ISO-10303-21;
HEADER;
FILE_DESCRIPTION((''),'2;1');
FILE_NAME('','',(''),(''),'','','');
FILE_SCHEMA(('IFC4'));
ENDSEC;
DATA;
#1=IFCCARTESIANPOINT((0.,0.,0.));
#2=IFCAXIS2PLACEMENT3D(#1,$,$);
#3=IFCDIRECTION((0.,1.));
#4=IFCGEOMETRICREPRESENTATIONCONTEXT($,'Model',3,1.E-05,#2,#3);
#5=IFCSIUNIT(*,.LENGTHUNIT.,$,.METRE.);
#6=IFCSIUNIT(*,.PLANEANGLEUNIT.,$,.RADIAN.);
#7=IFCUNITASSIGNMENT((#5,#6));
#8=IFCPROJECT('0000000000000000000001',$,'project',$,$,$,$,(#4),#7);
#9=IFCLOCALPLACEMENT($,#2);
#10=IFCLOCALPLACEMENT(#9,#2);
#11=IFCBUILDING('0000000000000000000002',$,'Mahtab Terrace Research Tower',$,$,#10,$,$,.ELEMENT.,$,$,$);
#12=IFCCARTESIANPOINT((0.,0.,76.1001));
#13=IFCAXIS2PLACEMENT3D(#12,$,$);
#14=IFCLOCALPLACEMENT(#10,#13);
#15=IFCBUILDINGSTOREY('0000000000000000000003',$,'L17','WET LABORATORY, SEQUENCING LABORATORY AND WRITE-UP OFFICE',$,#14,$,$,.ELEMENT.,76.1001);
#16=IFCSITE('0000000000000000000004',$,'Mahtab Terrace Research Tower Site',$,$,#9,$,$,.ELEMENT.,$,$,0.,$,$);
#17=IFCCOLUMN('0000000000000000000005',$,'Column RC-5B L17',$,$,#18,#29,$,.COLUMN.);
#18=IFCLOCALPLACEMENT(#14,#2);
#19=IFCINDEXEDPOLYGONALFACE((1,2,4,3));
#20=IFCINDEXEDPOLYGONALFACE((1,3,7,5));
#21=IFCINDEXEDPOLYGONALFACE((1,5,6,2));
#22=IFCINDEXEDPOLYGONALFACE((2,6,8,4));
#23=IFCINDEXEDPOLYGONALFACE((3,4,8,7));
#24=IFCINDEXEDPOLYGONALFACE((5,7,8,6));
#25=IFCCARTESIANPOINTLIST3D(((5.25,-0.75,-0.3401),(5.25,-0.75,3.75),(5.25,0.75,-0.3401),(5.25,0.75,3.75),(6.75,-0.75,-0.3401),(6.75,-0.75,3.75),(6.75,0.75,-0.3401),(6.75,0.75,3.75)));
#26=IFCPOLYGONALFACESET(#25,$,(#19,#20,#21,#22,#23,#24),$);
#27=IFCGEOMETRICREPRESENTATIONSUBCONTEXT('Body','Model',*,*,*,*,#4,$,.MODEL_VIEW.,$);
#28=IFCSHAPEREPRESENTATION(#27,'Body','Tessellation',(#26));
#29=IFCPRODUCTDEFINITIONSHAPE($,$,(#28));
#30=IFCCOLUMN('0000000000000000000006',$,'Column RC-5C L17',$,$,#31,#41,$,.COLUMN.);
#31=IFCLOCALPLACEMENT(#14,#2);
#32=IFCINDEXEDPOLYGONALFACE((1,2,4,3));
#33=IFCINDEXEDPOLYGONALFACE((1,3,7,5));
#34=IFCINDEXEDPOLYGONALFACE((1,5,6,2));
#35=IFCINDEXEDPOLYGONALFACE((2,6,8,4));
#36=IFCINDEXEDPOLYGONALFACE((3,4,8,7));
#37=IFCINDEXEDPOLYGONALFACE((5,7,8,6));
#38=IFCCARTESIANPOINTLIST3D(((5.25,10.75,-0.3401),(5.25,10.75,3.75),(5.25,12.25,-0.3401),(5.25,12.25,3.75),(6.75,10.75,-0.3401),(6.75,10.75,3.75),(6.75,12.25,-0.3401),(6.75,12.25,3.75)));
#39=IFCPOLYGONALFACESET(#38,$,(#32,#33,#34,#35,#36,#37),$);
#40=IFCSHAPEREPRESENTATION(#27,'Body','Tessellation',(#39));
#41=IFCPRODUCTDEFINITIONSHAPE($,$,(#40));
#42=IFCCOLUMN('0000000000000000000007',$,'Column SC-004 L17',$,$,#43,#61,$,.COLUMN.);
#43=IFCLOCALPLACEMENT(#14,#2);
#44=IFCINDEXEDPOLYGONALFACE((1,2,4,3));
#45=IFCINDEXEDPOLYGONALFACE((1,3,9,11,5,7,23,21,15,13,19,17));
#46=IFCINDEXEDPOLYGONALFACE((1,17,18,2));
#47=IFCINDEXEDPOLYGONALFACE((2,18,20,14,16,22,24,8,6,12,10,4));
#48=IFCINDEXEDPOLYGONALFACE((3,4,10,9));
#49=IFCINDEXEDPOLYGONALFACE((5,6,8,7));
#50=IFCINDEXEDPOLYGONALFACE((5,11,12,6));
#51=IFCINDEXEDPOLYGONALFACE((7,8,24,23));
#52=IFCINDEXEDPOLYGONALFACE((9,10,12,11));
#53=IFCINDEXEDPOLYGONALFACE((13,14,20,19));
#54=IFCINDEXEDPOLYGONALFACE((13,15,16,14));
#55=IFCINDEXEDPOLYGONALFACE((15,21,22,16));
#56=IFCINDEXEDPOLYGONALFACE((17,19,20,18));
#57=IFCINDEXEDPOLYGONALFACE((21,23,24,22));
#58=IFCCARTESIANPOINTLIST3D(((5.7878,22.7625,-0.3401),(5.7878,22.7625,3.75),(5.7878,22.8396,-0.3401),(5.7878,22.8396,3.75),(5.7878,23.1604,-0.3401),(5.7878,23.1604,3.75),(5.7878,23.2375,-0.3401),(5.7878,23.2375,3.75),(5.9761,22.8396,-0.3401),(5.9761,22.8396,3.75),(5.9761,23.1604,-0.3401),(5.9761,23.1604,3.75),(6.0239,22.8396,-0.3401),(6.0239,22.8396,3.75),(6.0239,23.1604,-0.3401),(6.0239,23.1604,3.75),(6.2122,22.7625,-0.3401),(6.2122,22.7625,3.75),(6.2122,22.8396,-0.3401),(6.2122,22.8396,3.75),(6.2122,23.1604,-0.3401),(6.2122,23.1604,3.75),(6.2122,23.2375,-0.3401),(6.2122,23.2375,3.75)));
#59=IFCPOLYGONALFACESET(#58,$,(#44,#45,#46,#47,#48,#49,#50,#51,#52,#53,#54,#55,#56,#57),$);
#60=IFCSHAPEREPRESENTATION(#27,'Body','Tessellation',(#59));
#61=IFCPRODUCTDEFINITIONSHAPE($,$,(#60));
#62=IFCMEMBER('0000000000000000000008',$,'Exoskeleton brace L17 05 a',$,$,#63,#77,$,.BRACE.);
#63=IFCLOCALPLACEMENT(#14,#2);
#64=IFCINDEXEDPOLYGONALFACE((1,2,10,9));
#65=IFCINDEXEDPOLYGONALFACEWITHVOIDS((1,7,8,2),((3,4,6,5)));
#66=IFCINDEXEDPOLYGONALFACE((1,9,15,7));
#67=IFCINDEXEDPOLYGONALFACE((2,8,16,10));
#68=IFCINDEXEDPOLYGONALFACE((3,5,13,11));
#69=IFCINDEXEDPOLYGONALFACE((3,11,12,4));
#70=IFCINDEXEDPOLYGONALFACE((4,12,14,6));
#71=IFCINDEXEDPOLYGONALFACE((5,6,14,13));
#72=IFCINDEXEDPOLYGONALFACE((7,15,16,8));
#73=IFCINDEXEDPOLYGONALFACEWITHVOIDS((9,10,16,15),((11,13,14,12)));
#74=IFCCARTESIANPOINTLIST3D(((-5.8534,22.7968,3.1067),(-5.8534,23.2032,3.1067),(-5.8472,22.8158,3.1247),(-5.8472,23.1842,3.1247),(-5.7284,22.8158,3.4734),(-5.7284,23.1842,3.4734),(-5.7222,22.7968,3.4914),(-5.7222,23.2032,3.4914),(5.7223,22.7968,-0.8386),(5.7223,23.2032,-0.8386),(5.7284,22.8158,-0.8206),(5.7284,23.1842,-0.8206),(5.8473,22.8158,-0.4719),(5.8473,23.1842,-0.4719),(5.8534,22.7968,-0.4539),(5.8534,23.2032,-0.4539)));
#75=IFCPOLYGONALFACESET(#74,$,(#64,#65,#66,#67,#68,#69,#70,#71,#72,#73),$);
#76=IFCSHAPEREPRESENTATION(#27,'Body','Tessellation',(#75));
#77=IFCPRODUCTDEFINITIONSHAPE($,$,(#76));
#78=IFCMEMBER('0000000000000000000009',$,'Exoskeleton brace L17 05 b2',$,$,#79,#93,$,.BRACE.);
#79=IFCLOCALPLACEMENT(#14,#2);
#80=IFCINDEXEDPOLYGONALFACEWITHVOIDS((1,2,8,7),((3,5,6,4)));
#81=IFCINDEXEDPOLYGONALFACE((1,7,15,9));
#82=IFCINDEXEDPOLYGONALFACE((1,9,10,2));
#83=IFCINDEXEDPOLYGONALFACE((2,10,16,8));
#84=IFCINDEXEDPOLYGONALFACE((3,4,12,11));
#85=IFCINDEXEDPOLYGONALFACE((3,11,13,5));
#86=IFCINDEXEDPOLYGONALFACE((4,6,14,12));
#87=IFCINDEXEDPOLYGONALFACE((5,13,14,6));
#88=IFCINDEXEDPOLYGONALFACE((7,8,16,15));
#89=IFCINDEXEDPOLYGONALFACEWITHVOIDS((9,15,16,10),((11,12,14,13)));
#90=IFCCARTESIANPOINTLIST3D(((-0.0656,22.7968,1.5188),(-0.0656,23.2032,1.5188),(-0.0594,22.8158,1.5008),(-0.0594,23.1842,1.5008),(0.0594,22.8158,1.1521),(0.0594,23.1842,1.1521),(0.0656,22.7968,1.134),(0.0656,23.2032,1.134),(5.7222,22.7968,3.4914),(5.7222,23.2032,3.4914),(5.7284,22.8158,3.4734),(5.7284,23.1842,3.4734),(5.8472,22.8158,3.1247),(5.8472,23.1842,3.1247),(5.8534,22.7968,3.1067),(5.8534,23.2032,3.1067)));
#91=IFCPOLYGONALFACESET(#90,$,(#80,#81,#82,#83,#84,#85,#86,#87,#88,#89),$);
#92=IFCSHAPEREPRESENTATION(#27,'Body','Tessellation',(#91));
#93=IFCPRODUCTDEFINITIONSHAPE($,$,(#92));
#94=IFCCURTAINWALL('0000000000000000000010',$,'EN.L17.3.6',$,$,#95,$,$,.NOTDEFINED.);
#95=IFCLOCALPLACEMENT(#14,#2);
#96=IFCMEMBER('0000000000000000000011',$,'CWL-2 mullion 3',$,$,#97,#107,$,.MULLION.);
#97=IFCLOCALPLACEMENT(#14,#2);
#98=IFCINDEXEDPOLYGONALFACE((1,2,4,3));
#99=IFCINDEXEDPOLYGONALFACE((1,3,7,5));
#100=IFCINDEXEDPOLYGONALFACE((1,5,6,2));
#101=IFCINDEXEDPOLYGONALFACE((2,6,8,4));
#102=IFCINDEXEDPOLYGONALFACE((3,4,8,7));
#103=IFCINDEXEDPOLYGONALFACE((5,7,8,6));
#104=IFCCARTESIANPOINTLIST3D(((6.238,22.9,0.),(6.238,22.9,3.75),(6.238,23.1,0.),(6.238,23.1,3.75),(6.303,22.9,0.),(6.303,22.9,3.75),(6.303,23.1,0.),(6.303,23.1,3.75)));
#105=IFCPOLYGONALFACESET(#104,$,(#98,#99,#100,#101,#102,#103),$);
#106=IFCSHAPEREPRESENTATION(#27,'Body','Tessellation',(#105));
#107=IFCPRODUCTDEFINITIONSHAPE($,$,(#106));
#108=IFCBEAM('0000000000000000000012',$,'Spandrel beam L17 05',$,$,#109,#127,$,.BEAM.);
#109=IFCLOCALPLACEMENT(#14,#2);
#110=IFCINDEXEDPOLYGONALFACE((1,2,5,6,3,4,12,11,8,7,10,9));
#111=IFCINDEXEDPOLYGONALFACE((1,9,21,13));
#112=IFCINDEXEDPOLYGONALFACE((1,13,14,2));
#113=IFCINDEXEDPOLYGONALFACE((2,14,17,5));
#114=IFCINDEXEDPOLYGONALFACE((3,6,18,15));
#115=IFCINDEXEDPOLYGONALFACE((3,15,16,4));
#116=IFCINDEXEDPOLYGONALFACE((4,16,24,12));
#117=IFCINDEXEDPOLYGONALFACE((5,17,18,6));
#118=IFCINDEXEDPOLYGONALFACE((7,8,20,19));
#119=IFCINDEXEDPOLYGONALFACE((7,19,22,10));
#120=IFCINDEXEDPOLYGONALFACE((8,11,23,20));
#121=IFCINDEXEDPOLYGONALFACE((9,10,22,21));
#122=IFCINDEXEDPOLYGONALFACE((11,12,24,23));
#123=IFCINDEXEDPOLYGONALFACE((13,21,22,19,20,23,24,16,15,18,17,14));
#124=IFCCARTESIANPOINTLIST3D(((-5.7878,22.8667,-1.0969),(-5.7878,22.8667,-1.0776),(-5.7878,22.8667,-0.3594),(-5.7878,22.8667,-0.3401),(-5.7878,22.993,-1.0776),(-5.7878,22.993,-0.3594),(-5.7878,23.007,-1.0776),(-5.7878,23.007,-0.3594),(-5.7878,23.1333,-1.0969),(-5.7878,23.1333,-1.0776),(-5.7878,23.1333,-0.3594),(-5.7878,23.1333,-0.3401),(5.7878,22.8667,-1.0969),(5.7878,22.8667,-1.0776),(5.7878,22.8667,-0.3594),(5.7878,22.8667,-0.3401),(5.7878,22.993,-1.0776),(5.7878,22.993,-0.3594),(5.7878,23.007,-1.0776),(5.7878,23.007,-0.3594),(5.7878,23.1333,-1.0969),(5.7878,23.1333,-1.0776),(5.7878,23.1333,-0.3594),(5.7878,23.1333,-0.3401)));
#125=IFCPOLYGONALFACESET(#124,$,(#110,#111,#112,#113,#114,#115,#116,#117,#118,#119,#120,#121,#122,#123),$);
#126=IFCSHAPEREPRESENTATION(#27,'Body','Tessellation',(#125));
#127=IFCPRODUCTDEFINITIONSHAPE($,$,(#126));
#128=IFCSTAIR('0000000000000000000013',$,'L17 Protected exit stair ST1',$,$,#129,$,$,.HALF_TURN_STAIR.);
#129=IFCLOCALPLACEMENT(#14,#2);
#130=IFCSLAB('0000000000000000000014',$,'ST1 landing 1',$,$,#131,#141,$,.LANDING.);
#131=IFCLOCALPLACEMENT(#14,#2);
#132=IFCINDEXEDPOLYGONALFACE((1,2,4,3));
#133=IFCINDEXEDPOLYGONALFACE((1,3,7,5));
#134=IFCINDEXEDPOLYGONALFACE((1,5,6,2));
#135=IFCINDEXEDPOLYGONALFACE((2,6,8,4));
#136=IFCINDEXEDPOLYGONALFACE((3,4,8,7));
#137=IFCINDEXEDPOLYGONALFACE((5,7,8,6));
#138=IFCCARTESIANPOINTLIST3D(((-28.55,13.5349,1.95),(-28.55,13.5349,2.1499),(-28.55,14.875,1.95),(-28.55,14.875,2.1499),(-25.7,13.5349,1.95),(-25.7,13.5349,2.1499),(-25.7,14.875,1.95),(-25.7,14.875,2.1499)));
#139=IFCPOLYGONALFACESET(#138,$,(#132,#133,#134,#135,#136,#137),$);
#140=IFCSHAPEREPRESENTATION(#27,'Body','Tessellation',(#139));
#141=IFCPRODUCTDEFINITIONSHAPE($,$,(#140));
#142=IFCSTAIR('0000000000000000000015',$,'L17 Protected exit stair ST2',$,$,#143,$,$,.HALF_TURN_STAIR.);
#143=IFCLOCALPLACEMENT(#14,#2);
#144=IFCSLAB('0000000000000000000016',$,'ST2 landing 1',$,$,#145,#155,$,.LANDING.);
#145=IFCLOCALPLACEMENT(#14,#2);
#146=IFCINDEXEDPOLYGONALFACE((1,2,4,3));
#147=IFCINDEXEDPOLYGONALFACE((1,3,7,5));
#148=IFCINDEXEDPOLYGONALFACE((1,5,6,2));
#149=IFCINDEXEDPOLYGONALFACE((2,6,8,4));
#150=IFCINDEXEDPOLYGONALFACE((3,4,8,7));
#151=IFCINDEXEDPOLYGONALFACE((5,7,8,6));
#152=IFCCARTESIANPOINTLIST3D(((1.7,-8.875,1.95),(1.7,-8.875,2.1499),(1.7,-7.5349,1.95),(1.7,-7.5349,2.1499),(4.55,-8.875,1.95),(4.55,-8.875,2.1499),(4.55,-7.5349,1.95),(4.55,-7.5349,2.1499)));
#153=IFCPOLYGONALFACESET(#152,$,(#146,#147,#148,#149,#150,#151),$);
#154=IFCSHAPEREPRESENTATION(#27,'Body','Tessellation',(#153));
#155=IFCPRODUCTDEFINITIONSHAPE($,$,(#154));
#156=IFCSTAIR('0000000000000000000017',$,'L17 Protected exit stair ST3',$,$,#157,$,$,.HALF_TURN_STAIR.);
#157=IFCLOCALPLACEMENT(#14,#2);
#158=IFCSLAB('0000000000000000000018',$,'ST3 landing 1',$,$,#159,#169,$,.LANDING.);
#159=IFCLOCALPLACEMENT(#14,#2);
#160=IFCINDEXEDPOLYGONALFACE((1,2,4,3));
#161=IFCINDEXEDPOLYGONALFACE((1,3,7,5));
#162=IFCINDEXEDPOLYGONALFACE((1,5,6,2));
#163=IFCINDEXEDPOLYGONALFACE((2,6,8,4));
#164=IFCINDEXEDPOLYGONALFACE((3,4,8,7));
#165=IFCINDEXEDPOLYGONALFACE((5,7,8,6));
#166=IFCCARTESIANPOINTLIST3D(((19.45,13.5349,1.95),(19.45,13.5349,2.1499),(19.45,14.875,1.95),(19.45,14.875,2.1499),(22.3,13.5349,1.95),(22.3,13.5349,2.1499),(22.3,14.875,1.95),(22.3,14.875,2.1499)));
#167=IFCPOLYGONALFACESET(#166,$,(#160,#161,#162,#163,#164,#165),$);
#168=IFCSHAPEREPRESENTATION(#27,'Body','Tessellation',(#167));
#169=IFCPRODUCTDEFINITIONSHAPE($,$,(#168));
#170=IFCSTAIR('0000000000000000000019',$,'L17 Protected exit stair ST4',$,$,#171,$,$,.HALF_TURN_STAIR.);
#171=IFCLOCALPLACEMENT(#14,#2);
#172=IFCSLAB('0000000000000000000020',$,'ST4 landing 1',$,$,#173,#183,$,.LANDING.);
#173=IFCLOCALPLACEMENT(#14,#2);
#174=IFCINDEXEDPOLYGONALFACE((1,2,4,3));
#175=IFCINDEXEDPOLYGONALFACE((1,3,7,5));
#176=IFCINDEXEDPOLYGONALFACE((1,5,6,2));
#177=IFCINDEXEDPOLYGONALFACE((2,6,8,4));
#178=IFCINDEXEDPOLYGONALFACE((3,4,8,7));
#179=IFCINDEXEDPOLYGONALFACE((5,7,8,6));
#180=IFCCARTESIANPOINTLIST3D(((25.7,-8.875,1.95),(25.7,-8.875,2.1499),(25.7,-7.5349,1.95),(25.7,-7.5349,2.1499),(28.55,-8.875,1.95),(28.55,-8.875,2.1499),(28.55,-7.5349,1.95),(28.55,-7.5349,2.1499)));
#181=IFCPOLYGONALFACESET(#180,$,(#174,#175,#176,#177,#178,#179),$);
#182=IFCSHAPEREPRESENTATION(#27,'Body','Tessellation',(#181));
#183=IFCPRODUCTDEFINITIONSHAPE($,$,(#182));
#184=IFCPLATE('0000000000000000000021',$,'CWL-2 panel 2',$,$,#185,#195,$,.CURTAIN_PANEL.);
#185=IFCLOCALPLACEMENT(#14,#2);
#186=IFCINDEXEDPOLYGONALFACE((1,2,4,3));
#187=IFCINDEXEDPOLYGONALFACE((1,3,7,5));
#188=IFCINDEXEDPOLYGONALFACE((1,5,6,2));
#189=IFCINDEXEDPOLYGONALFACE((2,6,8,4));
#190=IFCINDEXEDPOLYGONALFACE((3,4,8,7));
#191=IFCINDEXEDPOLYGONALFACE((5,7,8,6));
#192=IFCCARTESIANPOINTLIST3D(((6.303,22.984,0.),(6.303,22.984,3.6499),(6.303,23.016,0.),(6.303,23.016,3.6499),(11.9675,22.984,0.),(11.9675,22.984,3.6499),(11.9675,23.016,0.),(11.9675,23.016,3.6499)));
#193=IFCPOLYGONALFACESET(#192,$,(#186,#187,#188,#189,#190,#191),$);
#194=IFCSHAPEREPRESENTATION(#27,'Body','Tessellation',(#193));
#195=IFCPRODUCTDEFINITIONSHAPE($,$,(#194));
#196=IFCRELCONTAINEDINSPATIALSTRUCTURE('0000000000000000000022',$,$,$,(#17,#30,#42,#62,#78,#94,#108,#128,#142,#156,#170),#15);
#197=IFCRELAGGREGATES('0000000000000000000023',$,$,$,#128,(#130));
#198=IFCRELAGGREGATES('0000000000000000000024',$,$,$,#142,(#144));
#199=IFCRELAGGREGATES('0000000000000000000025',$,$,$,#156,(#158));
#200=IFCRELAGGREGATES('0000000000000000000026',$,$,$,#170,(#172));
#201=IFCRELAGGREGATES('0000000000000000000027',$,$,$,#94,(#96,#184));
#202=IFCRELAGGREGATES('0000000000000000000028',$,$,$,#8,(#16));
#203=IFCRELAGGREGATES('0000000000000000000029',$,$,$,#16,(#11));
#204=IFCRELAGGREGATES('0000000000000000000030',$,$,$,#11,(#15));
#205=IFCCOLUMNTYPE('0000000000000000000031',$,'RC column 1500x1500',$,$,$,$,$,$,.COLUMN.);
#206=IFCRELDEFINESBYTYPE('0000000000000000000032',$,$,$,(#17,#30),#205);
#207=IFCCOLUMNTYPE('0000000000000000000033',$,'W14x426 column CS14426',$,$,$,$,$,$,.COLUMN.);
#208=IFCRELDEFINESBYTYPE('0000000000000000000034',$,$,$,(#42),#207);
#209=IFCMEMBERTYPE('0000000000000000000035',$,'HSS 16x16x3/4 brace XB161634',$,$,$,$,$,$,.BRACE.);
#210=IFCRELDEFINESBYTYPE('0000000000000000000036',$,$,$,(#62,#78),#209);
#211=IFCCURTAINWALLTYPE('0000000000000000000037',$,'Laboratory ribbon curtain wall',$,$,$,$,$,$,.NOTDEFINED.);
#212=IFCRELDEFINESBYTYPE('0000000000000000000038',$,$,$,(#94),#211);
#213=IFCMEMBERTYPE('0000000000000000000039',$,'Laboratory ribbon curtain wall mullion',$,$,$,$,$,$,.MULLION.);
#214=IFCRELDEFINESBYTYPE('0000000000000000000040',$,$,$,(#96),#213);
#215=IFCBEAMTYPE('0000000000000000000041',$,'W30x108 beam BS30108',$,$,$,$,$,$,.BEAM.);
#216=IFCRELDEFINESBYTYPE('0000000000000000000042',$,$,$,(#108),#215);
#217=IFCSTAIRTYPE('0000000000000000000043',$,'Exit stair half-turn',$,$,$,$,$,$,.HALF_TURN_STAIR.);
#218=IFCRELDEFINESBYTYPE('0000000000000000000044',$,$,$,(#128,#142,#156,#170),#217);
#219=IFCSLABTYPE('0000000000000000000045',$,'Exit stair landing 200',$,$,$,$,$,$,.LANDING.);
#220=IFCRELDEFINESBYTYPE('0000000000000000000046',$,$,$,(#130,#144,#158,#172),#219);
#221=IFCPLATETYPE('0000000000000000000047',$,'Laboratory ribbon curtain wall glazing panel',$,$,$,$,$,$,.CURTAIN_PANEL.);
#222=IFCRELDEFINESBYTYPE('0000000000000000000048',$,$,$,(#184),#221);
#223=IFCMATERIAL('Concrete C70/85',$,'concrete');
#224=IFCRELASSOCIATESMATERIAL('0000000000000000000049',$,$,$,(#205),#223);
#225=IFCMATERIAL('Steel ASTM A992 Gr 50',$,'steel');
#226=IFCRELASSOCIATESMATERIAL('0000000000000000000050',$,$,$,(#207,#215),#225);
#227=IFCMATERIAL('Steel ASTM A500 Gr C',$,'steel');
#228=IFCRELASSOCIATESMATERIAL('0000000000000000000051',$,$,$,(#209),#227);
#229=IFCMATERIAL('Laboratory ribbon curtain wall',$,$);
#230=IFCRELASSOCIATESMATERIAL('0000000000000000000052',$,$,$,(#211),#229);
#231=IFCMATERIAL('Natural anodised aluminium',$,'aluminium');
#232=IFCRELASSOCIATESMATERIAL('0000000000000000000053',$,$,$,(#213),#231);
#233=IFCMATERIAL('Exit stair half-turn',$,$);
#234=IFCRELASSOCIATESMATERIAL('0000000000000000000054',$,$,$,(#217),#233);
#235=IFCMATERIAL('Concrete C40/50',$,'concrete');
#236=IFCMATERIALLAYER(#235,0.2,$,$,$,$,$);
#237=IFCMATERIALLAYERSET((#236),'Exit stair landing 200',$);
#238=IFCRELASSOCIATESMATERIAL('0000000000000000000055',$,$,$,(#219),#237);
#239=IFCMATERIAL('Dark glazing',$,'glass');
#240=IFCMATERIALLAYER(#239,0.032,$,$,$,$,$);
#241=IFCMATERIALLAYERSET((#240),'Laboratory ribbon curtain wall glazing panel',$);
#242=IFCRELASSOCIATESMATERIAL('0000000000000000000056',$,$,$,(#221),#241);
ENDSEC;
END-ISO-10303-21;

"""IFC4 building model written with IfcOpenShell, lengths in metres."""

from ifc_helpers import new_model, si_unit, direction, frame, origin, origin_2d, place, context, subcontext, project, spatial, polyline, rectangle, hollow_rectangle, i_section, outline, extrude, material, layer, layer_set, material_profile, profile_set, type_object, element, aggregate, save


model = new_model("IFC4")

# Units and contexts
model_context = context("Model", 3, precision=1e-05, world=origin(), true_north=direction((0.0, 1.0)))
body_context = subcontext(model_context, "Body", "Model", "MODEL_VIEW")
ifc_project = project(units=[si_unit("LENGTHUNIT", "METRE"), si_unit("PLANEANGLEUNIT", "RADIAN")], contexts=[model_context])

# Site, building, storey
site_placement = place(None, origin())
site = spatial("IfcSite", under=ifc_project, at=site_placement, Name="Mahtab Terrace Research Tower Site", CompositionType="ELEMENT", RefElevation=0.0)
building_placement = place(site_placement, origin())
building = spatial("IfcBuilding", under=site, at=building_placement, Name="Mahtab Terrace Research Tower", CompositionType="ELEMENT")
storey_placement = place(building_placement, frame((0.0, 0.0, 76.1001)))
storey = spatial("IfcBuildingStorey", under=building, at=storey_placement, Name="L17", Description="WET LABORATORY, SEQUENCING LABORATORY AND WRITE-UP OFFICE", CompositionType="ELEMENT", Elevation=76.1001)

# Columns
ifc_material_1 = material(Name="Concrete C70/85", Category="concrete")
ifc_material_profile_1 = material_profile(ifc_material_1, rectangle(XDim=1.5, YDim=1.5, at=origin_2d()), Name="RC column 1500x1500")
ifc_profile_set_1 = profile_set([ifc_material_profile_1], Name="Concrete C70/85")
column_type_1 = type_object("IfcColumnType", Name="RC column 1500x1500", PredefinedType="COLUMN", material=ifc_profile_set_1)
for number, where, z_axis, x_axis, name in (
    (1, (6.0, 0.0, -0.3401), (0.0, 0.0, 1.0), (1.0, 0.0, 0.0), "Column RC-5B L17"),
    (2, (6.0, 11.5, -0.3401), (0.0, 0.0, 1.0), (1.0, 0.0, 0.0), "Column RC-5C L17"),
):
    element("IfcColumn", number, at=place(storey_placement, frame(where, z_axis=z_axis, x_axis=x_axis)), inside=storey, type_object=column_type_1, Name=name, PredefinedType="COLUMN", context=body_context, shape_type="SweptSolid", body=[
        extrude(rectangle(XDim=1.5, YDim=1.5, at=origin_2d()), origin(), (0.0, 0.0, 1.0), 4.0901),
    ])
ifc_material_2 = material(Name="Steel ASTM A992 Gr 50", Category="steel")
ifc_material_profile_2 = material_profile(ifc_material_2, i_section(OverallWidth=0.4243, OverallDepth=0.4751, WebThickness=0.0479, FlangeThickness=0.0771, at=origin_2d()), Name="W14X426")
ifc_profile_set_2 = profile_set([ifc_material_profile_2], Name="Steel ASTM A992 Gr 50")
column_type_2 = type_object("IfcColumnType", Name="W14x426 column CS14426", PredefinedType="COLUMN", material=ifc_profile_set_2)
column_placement = place(storey_placement, frame((6.0, 23.0, -0.3401), z_axis=(0.0, 0.0, 1.0), x_axis=(1.0, 0.0, 0.0)))
element("IfcColumn", 3, at=column_placement, inside=storey, type_object=column_type_2, Name="Column SC-004 L17", PredefinedType="COLUMN", context=body_context, shape_type="SweptSolid", body=[
    extrude(i_section(OverallWidth=0.4243, OverallDepth=0.4751, WebThickness=0.0479, FlangeThickness=0.0771, at=origin_2d()), origin(), (0.0, 0.0, 1.0), 4.0901),
])

# Members
ifc_material_3 = material(Name="Steel ASTM A500 Gr C", Category="steel")
ifc_material_profile_3 = material_profile(ifc_material_3, hollow_rectangle(XDim=0.4065, YDim=0.4065, WallThickness=0.019, at=origin_2d()), Name="HSS16X16X3/4")
ifc_profile_set_3 = profile_set([ifc_material_profile_3], Name="Steel ASTM A500 Gr C")
member_type_1 = type_object("IfcMemberType", Name="HSS 16x16x3/4 brace XB161634", PredefinedType="BRACE", material=ifc_profile_set_3)
member_1_placement = place(storey_placement, frame((5.7878, 23.0, -0.6462), z_axis=(-0.946534, 0.0, 0.322605), x_axis=(0.0, -1.0, 0.0)))
element("IfcMember", 4, at=member_1_placement, inside=storey, type_object=member_type_1, Name="Exoskeleton brace L17 05 a", PredefinedType="BRACE", context=body_context, shape_type="SweptSolid", body=[
    extrude(hollow_rectangle(XDim=0.4065, YDim=0.4065, WallThickness=0.019, at=origin_2d()), origin(), (0.0, 0.0, 1.0), 12.2295),
])
member_2_placement = place(storey_placement, frame((0.0, 23.0, 1.3264), z_axis=(0.946534, 0.0, 0.322605), x_axis=(0.0, 1.0, 0.0)))
element("IfcMember", 5, at=member_2_placement, inside=storey, type_object=member_type_1, Name="Exoskeleton brace L17 05 b2", PredefinedType="BRACE", context=body_context, shape_type="SweptSolid", body=[
    extrude(hollow_rectangle(XDim=0.4065, YDim=0.4065, WallThickness=0.019, at=origin_2d()), origin(), (0.0, 0.0, 1.0), 6.1147),
])

# Curtain wall, member
ifc_material_4 = material(Name="Laboratory ribbon curtain wall")
curtain_wall_type = type_object("IfcCurtainWallType", Name="Laboratory ribbon curtain wall", PredefinedType="NOTDEFINED", material=ifc_material_4)
curtain_wall_placement = place(storey_placement, origin())
curtain_wall = element("IfcCurtainWall", 6, at=curtain_wall_placement, inside=storey, type_object=curtain_wall_type, Name="EN.L17.3.6", PredefinedType="NOTDEFINED")
ifc_material_5 = material(Name="Natural anodised aluminium", Category="aluminium")
ifc_material_profile_4 = material_profile(ifc_material_5, rectangle(XDim=0.2, YDim=0.0649, at=origin_2d()), Name="MULLION 65x200")
ifc_profile_set_4 = profile_set([ifc_material_profile_4], Name="Natural anodised aluminium")
member_type_2 = type_object("IfcMemberType", Name="Laboratory ribbon curtain wall mullion", PredefinedType="MULLION", material=ifc_profile_set_4)
member_3_placement = place(storey_placement, frame((6.2705, 23.0, 0.0), z_axis=(0.0, 0.0, 1.0), x_axis=(0.0, -1.0, 0.0)))
member_3 = element("IfcMember", 7, at=member_3_placement, type_object=member_type_2, Name="CWL-2 mullion 3", PredefinedType="MULLION", context=body_context, shape_type="SweptSolid", body=[
    extrude(rectangle(XDim=0.2, YDim=0.0649, at=origin_2d()), origin(), (0.0, 0.0, 1.0), 3.75),
])

# Beam
ifc_material_profile_5 = material_profile(ifc_material_2, i_section(OverallWidth=0.2666, OverallDepth=0.7568, WebThickness=0.0139, FlangeThickness=0.0193, at=origin_2d()), Name="W30X108")
ifc_profile_set_5 = profile_set([ifc_material_profile_5], Name="Steel ASTM A992 Gr 50")
beam_type = type_object("IfcBeamType", Name="W30x108 beam BS30108", PredefinedType="BEAM", material=ifc_profile_set_5)
beam_placement = place(storey_placement, frame((5.7878, 23.0, -0.7185), z_axis=(-1.0, 0.0, 0.0), x_axis=(0.0, -1.0, 0.0)))
element("IfcBeam", 8, at=beam_placement, inside=storey, type_object=beam_type, Name="Spandrel beam L17 05", PredefinedType="BEAM", context=body_context, shape_type="SweptSolid", body=[
    extrude(i_section(OverallWidth=0.2666, OverallDepth=0.7568, WebThickness=0.0139, FlangeThickness=0.0193, at=origin_2d()), origin(), (0.0, 0.0, 1.0), 11.5757),
])

# Stairs, slabs
ifc_material_6 = material(Name="Exit stair half-turn")
stair_type = type_object("IfcStairType", Name="Exit stair half-turn", PredefinedType="HALF_TURN_STAIR", material=ifc_material_6)
stair_1_placement = place(storey_placement, origin())
stair_1 = element("IfcStair", 9, at=stair_1_placement, inside=storey, type_object=stair_type, Name="L17 Protected exit stair ST1", PredefinedType="HALF_TURN_STAIR")
ifc_material_7 = material(Name="Concrete C40/50", Category="concrete")
ifc_layer_1 = layer(ifc_material_7, 0.2)
ifc_layer_set_1 = layer_set([ifc_layer_1], Name="Exit stair landing 200")
slab_type = type_object("IfcSlabType", Name="Exit stair landing 200", PredefinedType="LANDING", material=ifc_layer_set_1)
slab_1_placement = place(storey_placement, frame((0.0, 0.0, 1.95)))
slab_1 = element("IfcSlab", 10, at=slab_1_placement, type_object=slab_type, Name="ST1 landing 1", PredefinedType="LANDING", context=body_context, shape_type="SweptSolid", body=[
    extrude(outline(polyline([(-25.7, 13.5349), (-25.7, 14.875), (-28.55, 14.875), (-28.55, 13.5349), (-25.7, 13.5349)])), origin(), (0.0, 0.0, 1.0), 0.2),
])
aggregate(stair_1, [slab_1])
stair_2_placement = place(storey_placement, origin())
stair_2 = element("IfcStair", 11, at=stair_2_placement, inside=storey, type_object=stair_type, Name="L17 Protected exit stair ST2", PredefinedType="HALF_TURN_STAIR")
slab_2_placement = place(storey_placement, frame((0.0, 0.0, 1.95)))
slab_2 = element("IfcSlab", 12, at=slab_2_placement, type_object=slab_type, Name="ST2 landing 1", PredefinedType="LANDING", context=body_context, shape_type="SweptSolid", body=[
    extrude(outline(polyline([(1.7, -7.5349), (1.7, -8.875), (4.55, -8.875), (4.55, -7.5349), (1.7, -7.5349)])), origin(), (0.0, 0.0, 1.0), 0.2),
])
aggregate(stair_2, [slab_2])
stair_3_placement = place(storey_placement, origin())
stair_3 = element("IfcStair", 13, at=stair_3_placement, inside=storey, type_object=stair_type, Name="L17 Protected exit stair ST3", PredefinedType="HALF_TURN_STAIR")
slab_3_placement = place(storey_placement, frame((0.0, 0.0, 1.95)))
slab_3 = element("IfcSlab", 14, at=slab_3_placement, type_object=slab_type, Name="ST3 landing 1", PredefinedType="LANDING", context=body_context, shape_type="SweptSolid", body=[
    extrude(outline(polyline([(22.3, 13.5349), (22.3, 14.875), (19.45, 14.875), (19.45, 13.5349), (22.3, 13.5349)])), origin(), (0.0, 0.0, 1.0), 0.2),
])
aggregate(stair_3, [slab_3])
stair_4_placement = place(storey_placement, origin())
stair_4 = element("IfcStair", 15, at=stair_4_placement, inside=storey, type_object=stair_type, Name="L17 Protected exit stair ST4", PredefinedType="HALF_TURN_STAIR")
slab_4_placement = place(storey_placement, frame((0.0, 0.0, 1.95)))
slab_4 = element("IfcSlab", 16, at=slab_4_placement, type_object=slab_type, Name="ST4 landing 1", PredefinedType="LANDING", context=body_context, shape_type="SweptSolid", body=[
    extrude(outline(polyline([(25.7, -7.5349), (25.7, -8.875), (28.55, -8.875), (28.55, -7.5349), (25.7, -7.5349)])), origin(), (0.0, 0.0, 1.0), 0.2),
])
aggregate(stair_4, [slab_4])

# Plate
ifc_material_8 = material(Name="Dark glazing", Category="glass")
ifc_layer_2 = layer(ifc_material_8, 0.032)
ifc_layer_set_2 = layer_set([ifc_layer_2], Name="Laboratory ribbon curtain wall glazing panel")
plate_type = type_object("IfcPlateType", Name="Laboratory ribbon curtain wall glazing panel", PredefinedType="CURTAIN_PANEL", material=ifc_layer_set_2)
plate_placement = place(storey_placement, frame((9.1353, 23.0, 0.0), z_axis=(0.0, 0.0, 1.0), x_axis=(-1.0, 0.0, 0.0)))
plate = element("IfcPlate", 17, at=plate_placement, type_object=plate_type, Name="CWL-2 panel 2", PredefinedType="CURTAIN_PANEL", context=body_context, shape_type="SweptSolid", body=[
    extrude(rectangle(XDim=5.6646, YDim=0.032, at=origin_2d()), origin(), (0.0, 0.0, 1.0), 3.6499),
])
aggregate(curtain_wall, [member_3, plate])

save(model, "model.ifc")
